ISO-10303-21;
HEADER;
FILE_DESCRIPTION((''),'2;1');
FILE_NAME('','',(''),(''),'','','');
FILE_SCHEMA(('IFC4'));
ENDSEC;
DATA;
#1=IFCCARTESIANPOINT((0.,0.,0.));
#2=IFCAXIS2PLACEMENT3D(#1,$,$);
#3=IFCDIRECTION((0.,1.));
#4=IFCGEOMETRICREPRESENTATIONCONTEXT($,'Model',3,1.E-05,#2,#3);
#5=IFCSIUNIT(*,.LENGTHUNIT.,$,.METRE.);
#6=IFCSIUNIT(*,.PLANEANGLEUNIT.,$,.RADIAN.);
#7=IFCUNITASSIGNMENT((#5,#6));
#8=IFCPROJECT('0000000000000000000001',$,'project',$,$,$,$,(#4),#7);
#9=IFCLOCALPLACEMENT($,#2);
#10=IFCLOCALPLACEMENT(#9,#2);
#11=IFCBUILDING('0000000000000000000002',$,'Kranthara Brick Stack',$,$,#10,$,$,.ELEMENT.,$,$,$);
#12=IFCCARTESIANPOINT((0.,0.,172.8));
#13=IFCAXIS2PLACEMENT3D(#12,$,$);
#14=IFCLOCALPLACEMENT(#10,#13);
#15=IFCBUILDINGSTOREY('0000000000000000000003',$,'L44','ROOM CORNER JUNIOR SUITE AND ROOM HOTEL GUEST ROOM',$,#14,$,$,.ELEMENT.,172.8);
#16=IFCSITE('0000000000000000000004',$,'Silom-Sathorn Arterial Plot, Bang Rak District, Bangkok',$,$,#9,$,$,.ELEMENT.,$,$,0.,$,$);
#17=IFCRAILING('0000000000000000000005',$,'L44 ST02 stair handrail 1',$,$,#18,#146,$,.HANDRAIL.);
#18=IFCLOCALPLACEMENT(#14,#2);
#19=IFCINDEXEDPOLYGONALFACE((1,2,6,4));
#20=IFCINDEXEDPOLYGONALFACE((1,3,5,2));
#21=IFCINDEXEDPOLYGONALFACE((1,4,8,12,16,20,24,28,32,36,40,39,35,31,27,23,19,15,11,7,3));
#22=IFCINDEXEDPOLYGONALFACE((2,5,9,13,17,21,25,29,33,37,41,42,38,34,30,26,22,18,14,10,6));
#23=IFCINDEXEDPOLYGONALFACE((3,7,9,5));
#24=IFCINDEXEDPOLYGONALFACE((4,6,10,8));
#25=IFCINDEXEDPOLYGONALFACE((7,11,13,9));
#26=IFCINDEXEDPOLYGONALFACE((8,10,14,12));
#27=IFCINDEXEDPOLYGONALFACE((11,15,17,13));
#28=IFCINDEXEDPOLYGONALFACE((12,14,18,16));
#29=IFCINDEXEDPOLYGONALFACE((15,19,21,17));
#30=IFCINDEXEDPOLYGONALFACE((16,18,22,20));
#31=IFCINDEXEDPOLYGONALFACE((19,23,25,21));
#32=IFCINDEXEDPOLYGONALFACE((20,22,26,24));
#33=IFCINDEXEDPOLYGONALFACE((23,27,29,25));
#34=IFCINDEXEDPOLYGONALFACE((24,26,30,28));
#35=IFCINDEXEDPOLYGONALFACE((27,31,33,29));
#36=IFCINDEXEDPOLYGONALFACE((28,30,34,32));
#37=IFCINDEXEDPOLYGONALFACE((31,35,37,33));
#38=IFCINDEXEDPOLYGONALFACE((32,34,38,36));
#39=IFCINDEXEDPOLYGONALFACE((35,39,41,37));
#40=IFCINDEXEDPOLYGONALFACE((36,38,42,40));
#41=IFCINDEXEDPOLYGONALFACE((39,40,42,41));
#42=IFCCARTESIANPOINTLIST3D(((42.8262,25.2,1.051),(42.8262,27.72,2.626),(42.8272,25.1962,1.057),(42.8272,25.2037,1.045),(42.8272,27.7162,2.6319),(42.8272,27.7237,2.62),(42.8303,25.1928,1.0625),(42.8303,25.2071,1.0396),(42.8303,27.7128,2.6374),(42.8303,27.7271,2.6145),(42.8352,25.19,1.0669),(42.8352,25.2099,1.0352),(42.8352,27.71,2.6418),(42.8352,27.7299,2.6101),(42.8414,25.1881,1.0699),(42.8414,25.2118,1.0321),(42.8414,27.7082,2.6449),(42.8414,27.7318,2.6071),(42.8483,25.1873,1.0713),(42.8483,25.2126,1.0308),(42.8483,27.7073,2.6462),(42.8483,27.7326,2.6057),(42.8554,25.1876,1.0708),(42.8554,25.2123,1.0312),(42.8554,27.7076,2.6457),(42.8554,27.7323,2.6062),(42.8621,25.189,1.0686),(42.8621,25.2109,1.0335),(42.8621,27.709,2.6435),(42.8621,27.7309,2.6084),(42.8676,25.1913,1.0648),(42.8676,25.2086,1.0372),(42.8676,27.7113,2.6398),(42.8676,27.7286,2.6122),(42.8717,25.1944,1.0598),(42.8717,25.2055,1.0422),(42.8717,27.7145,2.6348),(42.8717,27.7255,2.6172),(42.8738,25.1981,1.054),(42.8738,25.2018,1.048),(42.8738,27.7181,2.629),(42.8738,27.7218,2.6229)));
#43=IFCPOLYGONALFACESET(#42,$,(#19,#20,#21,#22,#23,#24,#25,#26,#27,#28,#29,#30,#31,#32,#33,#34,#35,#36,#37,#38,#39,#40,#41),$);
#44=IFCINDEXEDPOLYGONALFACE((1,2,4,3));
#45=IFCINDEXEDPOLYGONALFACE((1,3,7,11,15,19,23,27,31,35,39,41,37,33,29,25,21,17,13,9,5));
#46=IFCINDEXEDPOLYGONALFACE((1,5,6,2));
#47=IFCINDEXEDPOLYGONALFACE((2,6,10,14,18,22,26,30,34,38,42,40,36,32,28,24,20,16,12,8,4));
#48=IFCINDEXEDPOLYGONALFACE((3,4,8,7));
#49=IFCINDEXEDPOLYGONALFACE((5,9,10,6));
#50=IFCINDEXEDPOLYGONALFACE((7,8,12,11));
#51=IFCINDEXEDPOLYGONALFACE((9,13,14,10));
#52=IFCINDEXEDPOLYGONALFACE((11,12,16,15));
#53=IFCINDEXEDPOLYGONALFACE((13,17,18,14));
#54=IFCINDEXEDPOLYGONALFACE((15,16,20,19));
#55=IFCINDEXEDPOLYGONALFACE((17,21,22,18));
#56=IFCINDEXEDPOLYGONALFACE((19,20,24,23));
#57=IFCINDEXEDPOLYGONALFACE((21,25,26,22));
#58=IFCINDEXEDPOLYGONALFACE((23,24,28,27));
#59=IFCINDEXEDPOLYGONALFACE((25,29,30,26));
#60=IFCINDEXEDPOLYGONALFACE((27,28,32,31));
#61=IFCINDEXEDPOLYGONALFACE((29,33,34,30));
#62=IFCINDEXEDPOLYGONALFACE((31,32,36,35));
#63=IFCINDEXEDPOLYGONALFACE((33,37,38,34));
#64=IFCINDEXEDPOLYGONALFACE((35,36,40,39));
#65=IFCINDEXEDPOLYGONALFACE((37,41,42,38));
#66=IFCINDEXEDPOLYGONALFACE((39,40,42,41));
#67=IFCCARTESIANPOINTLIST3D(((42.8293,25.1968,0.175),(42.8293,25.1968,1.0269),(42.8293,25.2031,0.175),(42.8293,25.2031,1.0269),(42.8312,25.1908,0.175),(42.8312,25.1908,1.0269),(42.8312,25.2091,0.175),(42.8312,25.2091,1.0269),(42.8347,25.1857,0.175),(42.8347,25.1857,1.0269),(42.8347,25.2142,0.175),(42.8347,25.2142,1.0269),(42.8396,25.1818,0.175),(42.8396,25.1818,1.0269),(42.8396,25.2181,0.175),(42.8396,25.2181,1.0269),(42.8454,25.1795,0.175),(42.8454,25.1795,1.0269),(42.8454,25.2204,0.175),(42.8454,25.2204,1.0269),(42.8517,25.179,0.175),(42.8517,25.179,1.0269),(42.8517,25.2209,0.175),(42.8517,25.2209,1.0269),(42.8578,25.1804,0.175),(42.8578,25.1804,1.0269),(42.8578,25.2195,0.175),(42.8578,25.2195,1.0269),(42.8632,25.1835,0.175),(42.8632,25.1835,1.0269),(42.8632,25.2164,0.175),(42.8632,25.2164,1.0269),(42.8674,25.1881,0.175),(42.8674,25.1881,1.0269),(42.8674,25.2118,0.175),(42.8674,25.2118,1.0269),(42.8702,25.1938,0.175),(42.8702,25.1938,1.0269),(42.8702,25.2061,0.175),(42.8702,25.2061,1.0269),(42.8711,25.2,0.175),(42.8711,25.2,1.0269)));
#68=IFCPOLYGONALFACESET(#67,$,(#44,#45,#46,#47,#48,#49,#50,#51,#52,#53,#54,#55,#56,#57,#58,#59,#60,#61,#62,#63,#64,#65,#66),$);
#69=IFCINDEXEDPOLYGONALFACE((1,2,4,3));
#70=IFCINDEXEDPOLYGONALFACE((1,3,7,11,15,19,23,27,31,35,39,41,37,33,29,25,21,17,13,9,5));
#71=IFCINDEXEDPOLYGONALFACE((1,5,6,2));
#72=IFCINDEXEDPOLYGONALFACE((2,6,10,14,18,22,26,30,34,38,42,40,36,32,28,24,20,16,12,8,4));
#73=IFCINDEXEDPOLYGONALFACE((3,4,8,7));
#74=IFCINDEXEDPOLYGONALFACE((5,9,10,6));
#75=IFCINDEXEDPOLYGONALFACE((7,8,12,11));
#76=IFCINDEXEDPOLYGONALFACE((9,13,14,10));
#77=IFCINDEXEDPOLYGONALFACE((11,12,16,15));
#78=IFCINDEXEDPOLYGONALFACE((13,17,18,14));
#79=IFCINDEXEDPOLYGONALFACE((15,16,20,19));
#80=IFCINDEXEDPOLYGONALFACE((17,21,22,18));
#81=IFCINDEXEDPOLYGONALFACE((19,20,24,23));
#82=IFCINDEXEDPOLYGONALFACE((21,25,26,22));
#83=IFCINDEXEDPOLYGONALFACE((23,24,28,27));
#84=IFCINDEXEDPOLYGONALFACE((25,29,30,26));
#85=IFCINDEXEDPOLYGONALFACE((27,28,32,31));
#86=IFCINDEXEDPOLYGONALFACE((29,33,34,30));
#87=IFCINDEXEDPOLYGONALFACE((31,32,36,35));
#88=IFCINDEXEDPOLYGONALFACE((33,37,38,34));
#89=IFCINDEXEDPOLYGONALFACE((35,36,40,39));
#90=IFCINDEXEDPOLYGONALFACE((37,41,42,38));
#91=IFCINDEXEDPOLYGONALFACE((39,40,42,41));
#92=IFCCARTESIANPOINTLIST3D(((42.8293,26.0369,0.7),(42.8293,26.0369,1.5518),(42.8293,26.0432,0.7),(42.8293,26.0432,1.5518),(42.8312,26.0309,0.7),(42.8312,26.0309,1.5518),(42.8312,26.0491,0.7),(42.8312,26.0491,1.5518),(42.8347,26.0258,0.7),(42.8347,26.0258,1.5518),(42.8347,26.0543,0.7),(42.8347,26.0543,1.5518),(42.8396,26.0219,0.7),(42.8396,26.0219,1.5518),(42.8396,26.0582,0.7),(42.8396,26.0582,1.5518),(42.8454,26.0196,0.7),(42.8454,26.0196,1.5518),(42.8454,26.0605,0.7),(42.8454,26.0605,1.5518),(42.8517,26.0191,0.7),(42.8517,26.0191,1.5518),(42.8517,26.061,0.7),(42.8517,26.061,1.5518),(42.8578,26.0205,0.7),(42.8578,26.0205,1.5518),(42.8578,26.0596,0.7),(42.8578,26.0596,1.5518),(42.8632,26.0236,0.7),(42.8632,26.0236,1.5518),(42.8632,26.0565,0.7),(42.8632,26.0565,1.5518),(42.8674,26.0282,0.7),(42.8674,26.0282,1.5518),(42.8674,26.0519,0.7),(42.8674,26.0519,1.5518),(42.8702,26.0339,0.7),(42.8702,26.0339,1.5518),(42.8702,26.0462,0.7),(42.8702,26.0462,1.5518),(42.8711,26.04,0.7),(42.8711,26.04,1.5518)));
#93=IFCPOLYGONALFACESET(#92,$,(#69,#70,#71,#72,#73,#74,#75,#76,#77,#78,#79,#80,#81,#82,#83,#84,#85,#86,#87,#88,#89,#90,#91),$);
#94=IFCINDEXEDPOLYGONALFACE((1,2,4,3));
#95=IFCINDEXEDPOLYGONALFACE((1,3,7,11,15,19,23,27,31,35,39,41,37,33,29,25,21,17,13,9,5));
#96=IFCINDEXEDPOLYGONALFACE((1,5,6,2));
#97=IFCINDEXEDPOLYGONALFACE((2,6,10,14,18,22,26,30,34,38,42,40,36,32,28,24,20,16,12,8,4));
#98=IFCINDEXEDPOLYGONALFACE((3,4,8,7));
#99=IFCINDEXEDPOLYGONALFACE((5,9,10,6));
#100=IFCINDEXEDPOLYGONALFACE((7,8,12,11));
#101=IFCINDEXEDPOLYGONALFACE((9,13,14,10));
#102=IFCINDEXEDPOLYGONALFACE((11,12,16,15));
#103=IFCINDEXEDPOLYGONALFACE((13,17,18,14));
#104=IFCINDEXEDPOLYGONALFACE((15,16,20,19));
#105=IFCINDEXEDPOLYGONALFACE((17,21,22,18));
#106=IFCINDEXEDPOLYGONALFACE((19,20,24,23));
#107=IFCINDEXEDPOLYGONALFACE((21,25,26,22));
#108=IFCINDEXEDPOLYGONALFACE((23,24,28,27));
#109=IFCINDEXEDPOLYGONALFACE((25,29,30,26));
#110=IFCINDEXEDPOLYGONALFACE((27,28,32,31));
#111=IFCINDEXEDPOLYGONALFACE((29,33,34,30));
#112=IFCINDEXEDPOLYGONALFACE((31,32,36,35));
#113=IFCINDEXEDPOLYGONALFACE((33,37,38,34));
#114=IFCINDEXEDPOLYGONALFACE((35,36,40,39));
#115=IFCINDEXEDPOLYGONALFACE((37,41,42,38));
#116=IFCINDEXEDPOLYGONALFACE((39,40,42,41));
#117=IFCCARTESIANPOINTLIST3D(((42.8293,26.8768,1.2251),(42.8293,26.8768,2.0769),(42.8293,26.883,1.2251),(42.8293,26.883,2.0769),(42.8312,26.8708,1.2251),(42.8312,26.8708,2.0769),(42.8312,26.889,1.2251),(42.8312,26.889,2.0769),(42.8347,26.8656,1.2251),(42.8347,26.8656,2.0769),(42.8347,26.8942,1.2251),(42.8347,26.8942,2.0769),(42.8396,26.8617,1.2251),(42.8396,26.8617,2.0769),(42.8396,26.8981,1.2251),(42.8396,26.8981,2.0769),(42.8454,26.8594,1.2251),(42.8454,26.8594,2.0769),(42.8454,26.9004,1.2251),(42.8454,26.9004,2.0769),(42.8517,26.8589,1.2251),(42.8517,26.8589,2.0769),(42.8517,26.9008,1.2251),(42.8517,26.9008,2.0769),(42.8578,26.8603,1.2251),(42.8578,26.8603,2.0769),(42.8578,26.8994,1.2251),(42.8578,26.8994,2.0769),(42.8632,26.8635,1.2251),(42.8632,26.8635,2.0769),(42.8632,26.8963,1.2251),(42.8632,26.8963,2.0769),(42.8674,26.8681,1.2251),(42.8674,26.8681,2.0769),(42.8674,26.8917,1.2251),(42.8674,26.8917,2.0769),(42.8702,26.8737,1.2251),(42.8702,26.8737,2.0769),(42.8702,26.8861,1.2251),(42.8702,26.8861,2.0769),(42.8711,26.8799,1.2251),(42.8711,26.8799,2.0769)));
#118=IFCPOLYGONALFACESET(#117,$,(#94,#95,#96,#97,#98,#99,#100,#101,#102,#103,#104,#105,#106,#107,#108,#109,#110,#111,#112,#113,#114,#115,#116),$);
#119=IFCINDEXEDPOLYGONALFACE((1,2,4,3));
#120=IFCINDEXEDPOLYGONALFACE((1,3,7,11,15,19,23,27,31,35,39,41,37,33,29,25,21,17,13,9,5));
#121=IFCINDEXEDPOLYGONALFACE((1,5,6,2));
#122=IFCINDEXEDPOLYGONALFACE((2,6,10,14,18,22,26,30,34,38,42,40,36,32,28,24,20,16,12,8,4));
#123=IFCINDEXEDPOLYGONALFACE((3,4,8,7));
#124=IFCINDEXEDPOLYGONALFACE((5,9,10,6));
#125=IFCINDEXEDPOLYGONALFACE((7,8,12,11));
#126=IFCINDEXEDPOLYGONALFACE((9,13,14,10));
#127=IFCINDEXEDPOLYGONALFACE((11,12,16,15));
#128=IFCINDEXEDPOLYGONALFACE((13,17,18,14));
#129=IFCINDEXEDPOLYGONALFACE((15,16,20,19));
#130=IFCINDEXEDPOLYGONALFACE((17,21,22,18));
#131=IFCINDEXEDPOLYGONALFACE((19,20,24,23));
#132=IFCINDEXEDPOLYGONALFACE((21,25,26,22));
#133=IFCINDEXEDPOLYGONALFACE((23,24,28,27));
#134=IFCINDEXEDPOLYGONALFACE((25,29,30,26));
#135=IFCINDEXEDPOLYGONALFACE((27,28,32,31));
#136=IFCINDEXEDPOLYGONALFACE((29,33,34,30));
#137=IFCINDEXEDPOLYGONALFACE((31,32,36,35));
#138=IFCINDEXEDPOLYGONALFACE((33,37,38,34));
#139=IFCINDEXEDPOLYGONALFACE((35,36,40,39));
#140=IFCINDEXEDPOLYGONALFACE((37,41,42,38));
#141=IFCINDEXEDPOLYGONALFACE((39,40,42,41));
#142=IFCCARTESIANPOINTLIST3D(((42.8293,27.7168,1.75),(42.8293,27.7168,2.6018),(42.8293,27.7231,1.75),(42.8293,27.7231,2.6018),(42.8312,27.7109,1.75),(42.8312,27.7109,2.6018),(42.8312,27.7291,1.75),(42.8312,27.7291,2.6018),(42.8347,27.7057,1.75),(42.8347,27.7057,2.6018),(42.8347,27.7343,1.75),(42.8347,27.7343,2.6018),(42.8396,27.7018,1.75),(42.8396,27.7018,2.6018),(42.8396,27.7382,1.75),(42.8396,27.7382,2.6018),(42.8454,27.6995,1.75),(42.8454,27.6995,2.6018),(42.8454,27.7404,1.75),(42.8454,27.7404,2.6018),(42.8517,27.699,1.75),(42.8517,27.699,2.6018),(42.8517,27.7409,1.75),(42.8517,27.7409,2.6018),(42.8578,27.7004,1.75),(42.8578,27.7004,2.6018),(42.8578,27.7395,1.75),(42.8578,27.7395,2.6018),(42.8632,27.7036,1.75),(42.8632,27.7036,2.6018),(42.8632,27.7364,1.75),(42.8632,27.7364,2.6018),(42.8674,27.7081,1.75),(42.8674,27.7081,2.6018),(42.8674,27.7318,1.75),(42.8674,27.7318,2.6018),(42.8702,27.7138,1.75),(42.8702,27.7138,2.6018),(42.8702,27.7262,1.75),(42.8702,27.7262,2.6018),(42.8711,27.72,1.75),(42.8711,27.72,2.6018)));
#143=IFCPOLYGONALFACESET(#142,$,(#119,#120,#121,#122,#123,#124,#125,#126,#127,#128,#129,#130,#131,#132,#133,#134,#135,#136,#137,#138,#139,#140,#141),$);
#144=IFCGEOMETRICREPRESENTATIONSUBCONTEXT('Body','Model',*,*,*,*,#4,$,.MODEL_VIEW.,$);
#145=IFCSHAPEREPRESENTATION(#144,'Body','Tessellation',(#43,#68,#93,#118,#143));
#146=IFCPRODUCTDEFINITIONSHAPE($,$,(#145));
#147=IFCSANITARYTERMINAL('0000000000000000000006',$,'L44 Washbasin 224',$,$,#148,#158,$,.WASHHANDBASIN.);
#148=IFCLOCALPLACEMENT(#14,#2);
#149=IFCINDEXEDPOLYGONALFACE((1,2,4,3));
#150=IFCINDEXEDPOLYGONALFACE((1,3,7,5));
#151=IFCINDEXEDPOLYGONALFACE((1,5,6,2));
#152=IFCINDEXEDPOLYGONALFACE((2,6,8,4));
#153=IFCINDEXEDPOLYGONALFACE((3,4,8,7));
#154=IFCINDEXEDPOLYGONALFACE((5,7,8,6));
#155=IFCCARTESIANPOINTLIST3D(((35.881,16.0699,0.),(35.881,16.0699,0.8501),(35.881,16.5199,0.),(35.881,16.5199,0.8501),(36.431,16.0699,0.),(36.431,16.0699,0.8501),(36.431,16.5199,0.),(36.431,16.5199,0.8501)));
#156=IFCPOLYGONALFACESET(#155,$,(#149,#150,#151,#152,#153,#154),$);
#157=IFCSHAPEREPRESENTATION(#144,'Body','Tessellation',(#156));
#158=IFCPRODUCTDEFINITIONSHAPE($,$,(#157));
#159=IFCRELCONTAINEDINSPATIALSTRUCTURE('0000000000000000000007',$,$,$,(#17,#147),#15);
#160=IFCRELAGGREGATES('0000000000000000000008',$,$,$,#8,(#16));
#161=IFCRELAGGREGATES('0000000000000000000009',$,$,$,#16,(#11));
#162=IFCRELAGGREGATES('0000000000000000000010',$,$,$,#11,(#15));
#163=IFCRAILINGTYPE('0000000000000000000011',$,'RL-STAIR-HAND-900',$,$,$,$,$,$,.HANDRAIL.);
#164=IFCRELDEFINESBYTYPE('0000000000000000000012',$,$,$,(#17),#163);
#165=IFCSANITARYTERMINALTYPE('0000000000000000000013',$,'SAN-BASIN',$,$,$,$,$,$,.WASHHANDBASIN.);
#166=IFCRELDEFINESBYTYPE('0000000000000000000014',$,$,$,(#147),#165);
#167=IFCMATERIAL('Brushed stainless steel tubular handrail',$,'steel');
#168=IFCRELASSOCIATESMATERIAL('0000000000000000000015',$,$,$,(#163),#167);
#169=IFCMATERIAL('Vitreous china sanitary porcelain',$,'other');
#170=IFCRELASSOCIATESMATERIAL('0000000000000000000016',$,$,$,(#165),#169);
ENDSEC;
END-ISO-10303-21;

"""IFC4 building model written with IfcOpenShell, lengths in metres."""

from ifc_helpers import new_model, si_unit, direction, frame, origin, origin_2d, place, context, subcontext, project, spatial, rectangle, circle, extrude, material, type_object, element, save


model = new_model("IFC4")

# Units and contexts
model_context = context("Model", 3, precision=1e-05, world=origin(), true_north=direction((0.0, 1.0)))
body_context = subcontext(model_context, "Body", "Model", "MODEL_VIEW")
ifc_project = project(units=[si_unit("LENGTHUNIT", "METRE"), si_unit("PLANEANGLEUNIT", "RADIAN")], contexts=[model_context])

# Site, building, storey
site_placement = place(None, origin())
site = spatial("IfcSite", under=ifc_project, at=site_placement, Name="Silom-Sathorn Arterial Plot, Bang Rak District, Bangkok", CompositionType="ELEMENT", RefElevation=0.0)
building_placement = place(site_placement, origin())
building = spatial("IfcBuilding", under=site, at=building_placement, Name="Kranthara Brick Stack", CompositionType="ELEMENT")
storey_placement = place(building_placement, frame((0.0, 0.0, 172.8)))
storey = spatial("IfcBuildingStorey", under=building, at=storey_placement, Name="L44", Description="ROOM CORNER JUNIOR SUITE AND ROOM HOTEL GUEST ROOM", CompositionType="ELEMENT", Elevation=172.8)

# Railing
ifc_material_1 = material(Name="Brushed stainless steel tubular handrail", Category="steel")
railing_type_1 = type_object("IfcRailingType", Name="RL-STAIR-HAND-900", PredefinedType="HANDRAIL", material=ifc_material_1)
railing_1_placement = place(storey_placement, frame((42.8501, 25.2, 0.175)))
element("IfcRailing", 1, at=railing_1_placement, inside=storey, type_object=railing_type_1, Name="L44 ST02 stair handrail 1", PredefinedType="HANDRAIL", context=body_context, shape_type="SweptSolid", body=[
    extrude(circle(Radius=0.0239, at=origin_2d()), frame((0.0, 0.0, 0.876), z_axis=(0.0, 0.848008, 0.529984), x_axis=(-1.0, 0.0, 0.0)), (0.0, 0.0, 1.0), 2.9717),
    extrude(circle(Radius=0.021, at=origin_2d()), origin(), (0.0, 0.0, 1.0), 0.8518),
    extrude(circle(Radius=0.021, at=origin_2d()), frame((0.0, 0.8401, 0.5249)), (0.0, 0.0, 1.0), 0.8518),
    extrude(circle(Radius=0.021, at=origin_2d()), frame((0.0, 1.6799, 1.05)), (0.0, 0.0, 1.0), 0.8518),
    extrude(circle(Radius=0.021, at=origin_2d()), frame((0.0, 2.52, 1.575)), (0.0, 0.0, 1.0), 0.8518),
])

# Sanitary terminal
ifc_material_2 = material(Name="Vitreous china sanitary porcelain", Category="other")
sanitary_terminal_type = type_object("IfcSanitaryTerminalType", Name="SAN-BASIN", PredefinedType="WASHHANDBASIN", material=ifc_material_2)
sanitary_terminal_placement = place(storey_placement, frame((36.156, 16.2949, 0.0), z_axis=(0.0, 0.0, 1.0), x_axis=(1.0, 0.0, 0.0)))
element("IfcSanitaryTerminal", 2, at=sanitary_terminal_placement, inside=storey, type_object=sanitary_terminal_type, Name="L44 Washbasin 224", PredefinedType="WASHHANDBASIN", context=body_context, shape_type="SweptSolid", body=[
    extrude(rectangle(XDim=0.55, YDim=0.45, at=origin_2d()), origin(), (0.0, 0.0, 1.0), 0.8501),
])

save(model, "model.ifc")
